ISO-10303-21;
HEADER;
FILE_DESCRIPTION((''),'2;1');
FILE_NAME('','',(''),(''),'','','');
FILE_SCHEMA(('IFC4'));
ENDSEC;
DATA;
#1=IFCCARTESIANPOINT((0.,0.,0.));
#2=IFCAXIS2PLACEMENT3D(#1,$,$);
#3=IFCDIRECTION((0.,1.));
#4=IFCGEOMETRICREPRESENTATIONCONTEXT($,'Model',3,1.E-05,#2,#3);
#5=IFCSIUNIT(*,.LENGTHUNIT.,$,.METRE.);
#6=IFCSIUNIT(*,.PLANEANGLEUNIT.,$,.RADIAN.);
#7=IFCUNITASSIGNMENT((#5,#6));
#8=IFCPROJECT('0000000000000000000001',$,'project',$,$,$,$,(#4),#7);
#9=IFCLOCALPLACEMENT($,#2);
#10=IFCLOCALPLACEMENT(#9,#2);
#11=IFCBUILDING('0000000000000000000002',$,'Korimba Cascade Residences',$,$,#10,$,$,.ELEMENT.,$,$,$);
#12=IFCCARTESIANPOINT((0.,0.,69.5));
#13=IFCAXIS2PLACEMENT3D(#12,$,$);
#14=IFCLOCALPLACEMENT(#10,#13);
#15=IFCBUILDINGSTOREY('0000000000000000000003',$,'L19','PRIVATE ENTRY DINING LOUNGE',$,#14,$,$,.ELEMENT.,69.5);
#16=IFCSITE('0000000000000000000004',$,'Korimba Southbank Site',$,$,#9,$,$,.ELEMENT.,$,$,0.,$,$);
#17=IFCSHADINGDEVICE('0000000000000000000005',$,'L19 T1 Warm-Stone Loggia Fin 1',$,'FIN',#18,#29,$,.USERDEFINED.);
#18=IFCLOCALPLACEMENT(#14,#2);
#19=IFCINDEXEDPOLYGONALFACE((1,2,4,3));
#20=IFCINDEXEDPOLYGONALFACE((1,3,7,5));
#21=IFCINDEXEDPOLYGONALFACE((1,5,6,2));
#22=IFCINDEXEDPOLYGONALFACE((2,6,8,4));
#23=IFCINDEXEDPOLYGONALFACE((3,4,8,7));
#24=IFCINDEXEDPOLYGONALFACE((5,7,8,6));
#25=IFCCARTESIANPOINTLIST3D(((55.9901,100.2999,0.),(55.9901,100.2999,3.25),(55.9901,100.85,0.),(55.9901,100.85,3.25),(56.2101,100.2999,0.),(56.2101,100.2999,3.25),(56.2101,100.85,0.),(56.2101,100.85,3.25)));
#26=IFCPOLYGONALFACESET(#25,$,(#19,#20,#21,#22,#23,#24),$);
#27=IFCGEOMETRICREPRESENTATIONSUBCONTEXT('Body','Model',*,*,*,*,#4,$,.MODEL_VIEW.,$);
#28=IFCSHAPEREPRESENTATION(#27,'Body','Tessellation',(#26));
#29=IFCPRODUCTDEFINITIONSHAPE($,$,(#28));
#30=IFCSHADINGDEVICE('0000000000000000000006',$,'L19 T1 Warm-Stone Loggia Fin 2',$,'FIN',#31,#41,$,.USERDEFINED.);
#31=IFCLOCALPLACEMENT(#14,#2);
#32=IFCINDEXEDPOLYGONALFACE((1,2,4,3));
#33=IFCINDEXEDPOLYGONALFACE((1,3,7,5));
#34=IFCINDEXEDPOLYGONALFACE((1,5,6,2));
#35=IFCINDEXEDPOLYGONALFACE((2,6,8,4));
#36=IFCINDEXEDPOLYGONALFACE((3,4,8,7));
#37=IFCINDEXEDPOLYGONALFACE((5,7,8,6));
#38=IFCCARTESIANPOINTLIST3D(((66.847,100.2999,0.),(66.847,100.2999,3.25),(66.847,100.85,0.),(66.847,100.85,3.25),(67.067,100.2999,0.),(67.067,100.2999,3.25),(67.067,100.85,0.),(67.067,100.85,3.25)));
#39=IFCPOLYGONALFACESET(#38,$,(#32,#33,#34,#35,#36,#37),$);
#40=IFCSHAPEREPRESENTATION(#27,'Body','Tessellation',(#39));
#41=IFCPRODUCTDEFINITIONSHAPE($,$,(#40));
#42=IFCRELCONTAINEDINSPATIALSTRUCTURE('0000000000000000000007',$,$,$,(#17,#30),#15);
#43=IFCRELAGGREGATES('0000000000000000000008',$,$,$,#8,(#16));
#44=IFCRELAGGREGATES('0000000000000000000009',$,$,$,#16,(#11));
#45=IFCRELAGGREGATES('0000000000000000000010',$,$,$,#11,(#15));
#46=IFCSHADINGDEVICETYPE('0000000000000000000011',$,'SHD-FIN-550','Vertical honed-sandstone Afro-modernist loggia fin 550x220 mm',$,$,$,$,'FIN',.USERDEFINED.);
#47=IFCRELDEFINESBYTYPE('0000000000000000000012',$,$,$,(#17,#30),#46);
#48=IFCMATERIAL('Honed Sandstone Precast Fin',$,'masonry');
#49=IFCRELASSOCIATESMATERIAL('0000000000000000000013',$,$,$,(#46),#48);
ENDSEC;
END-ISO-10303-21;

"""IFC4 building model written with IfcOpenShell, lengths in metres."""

from ifc_helpers import new_model, si_unit, direction, frame, origin, origin_2d, place, context, subcontext, project, spatial, rectangle, extrude, material, type_object, element, save


model = new_model("IFC4")

# Units and contexts
model_context = context("Model", 3, precision=1e-05, world=origin(), true_north=direction((0.0, 1.0)))
body_context = subcontext(model_context, "Body", "Model", "MODEL_VIEW")
ifc_project = project(units=[si_unit("LENGTHUNIT", "METRE"), si_unit("PLANEANGLEUNIT", "RADIAN")], contexts=[model_context])

# Site, building, storey
site_placement = place(None, origin())
site = spatial("IfcSite", under=ifc_project, at=site_placement, Name="Korimba Southbank Site", CompositionType="ELEMENT", RefElevation=0.0)
building_placement = place(site_placement, origin())
building = spatial("IfcBuilding", under=site, at=building_placement, Name="Korimba Cascade Residences", CompositionType="ELEMENT")
storey_placement = place(building_placement, frame((0.0, 0.0, 69.5)))
storey = spatial("IfcBuildingStorey", under=building, at=storey_placement, Name="L19", Description="PRIVATE ENTRY DINING LOUNGE", CompositionType="ELEMENT", Elevation=69.5)

# Shading devices
ifc_material_1 = material(Name="Honed Sandstone Precast Fin", Category="masonry")
shading_device_type = type_object("IfcShadingDeviceType", Name="SHD-FIN-550", Description="Vertical honed-sandstone Afro-modernist loggia fin 550x220 mm", ElementType="FIN", PredefinedType="USERDEFINED", material=ifc_material_1)
for number, where, z_axis, x_axis, name in (
    (1, (56.1001, 100.575, 0.0), (0.0, 0.0, 1.0), (1.0, 0.0, 0.0), "L19 T1 Warm-Stone Loggia Fin 1"),
    (2, (66.957, 100.575, 0.0), (0.0, 0.0, 1.0), (1.0, 0.0, 0.0), "L19 T1 Warm-Stone Loggia Fin 2"),
):
    element("IfcShadingDevice", number, at=place(storey_placement, frame(where, z_axis=z_axis, x_axis=x_axis)), inside=storey, type_object=shading_device_type, Name=name, ObjectType="FIN", PredefinedType="USERDEFINED", context=body_context, shape_type="SweptSolid", body=[
        extrude(rectangle(XDim=0.22, YDim=0.55, at=origin_2d()), origin(), (0.0, 0.0, 1.0), 3.25),
    ])

save(model, "model.ifc")
